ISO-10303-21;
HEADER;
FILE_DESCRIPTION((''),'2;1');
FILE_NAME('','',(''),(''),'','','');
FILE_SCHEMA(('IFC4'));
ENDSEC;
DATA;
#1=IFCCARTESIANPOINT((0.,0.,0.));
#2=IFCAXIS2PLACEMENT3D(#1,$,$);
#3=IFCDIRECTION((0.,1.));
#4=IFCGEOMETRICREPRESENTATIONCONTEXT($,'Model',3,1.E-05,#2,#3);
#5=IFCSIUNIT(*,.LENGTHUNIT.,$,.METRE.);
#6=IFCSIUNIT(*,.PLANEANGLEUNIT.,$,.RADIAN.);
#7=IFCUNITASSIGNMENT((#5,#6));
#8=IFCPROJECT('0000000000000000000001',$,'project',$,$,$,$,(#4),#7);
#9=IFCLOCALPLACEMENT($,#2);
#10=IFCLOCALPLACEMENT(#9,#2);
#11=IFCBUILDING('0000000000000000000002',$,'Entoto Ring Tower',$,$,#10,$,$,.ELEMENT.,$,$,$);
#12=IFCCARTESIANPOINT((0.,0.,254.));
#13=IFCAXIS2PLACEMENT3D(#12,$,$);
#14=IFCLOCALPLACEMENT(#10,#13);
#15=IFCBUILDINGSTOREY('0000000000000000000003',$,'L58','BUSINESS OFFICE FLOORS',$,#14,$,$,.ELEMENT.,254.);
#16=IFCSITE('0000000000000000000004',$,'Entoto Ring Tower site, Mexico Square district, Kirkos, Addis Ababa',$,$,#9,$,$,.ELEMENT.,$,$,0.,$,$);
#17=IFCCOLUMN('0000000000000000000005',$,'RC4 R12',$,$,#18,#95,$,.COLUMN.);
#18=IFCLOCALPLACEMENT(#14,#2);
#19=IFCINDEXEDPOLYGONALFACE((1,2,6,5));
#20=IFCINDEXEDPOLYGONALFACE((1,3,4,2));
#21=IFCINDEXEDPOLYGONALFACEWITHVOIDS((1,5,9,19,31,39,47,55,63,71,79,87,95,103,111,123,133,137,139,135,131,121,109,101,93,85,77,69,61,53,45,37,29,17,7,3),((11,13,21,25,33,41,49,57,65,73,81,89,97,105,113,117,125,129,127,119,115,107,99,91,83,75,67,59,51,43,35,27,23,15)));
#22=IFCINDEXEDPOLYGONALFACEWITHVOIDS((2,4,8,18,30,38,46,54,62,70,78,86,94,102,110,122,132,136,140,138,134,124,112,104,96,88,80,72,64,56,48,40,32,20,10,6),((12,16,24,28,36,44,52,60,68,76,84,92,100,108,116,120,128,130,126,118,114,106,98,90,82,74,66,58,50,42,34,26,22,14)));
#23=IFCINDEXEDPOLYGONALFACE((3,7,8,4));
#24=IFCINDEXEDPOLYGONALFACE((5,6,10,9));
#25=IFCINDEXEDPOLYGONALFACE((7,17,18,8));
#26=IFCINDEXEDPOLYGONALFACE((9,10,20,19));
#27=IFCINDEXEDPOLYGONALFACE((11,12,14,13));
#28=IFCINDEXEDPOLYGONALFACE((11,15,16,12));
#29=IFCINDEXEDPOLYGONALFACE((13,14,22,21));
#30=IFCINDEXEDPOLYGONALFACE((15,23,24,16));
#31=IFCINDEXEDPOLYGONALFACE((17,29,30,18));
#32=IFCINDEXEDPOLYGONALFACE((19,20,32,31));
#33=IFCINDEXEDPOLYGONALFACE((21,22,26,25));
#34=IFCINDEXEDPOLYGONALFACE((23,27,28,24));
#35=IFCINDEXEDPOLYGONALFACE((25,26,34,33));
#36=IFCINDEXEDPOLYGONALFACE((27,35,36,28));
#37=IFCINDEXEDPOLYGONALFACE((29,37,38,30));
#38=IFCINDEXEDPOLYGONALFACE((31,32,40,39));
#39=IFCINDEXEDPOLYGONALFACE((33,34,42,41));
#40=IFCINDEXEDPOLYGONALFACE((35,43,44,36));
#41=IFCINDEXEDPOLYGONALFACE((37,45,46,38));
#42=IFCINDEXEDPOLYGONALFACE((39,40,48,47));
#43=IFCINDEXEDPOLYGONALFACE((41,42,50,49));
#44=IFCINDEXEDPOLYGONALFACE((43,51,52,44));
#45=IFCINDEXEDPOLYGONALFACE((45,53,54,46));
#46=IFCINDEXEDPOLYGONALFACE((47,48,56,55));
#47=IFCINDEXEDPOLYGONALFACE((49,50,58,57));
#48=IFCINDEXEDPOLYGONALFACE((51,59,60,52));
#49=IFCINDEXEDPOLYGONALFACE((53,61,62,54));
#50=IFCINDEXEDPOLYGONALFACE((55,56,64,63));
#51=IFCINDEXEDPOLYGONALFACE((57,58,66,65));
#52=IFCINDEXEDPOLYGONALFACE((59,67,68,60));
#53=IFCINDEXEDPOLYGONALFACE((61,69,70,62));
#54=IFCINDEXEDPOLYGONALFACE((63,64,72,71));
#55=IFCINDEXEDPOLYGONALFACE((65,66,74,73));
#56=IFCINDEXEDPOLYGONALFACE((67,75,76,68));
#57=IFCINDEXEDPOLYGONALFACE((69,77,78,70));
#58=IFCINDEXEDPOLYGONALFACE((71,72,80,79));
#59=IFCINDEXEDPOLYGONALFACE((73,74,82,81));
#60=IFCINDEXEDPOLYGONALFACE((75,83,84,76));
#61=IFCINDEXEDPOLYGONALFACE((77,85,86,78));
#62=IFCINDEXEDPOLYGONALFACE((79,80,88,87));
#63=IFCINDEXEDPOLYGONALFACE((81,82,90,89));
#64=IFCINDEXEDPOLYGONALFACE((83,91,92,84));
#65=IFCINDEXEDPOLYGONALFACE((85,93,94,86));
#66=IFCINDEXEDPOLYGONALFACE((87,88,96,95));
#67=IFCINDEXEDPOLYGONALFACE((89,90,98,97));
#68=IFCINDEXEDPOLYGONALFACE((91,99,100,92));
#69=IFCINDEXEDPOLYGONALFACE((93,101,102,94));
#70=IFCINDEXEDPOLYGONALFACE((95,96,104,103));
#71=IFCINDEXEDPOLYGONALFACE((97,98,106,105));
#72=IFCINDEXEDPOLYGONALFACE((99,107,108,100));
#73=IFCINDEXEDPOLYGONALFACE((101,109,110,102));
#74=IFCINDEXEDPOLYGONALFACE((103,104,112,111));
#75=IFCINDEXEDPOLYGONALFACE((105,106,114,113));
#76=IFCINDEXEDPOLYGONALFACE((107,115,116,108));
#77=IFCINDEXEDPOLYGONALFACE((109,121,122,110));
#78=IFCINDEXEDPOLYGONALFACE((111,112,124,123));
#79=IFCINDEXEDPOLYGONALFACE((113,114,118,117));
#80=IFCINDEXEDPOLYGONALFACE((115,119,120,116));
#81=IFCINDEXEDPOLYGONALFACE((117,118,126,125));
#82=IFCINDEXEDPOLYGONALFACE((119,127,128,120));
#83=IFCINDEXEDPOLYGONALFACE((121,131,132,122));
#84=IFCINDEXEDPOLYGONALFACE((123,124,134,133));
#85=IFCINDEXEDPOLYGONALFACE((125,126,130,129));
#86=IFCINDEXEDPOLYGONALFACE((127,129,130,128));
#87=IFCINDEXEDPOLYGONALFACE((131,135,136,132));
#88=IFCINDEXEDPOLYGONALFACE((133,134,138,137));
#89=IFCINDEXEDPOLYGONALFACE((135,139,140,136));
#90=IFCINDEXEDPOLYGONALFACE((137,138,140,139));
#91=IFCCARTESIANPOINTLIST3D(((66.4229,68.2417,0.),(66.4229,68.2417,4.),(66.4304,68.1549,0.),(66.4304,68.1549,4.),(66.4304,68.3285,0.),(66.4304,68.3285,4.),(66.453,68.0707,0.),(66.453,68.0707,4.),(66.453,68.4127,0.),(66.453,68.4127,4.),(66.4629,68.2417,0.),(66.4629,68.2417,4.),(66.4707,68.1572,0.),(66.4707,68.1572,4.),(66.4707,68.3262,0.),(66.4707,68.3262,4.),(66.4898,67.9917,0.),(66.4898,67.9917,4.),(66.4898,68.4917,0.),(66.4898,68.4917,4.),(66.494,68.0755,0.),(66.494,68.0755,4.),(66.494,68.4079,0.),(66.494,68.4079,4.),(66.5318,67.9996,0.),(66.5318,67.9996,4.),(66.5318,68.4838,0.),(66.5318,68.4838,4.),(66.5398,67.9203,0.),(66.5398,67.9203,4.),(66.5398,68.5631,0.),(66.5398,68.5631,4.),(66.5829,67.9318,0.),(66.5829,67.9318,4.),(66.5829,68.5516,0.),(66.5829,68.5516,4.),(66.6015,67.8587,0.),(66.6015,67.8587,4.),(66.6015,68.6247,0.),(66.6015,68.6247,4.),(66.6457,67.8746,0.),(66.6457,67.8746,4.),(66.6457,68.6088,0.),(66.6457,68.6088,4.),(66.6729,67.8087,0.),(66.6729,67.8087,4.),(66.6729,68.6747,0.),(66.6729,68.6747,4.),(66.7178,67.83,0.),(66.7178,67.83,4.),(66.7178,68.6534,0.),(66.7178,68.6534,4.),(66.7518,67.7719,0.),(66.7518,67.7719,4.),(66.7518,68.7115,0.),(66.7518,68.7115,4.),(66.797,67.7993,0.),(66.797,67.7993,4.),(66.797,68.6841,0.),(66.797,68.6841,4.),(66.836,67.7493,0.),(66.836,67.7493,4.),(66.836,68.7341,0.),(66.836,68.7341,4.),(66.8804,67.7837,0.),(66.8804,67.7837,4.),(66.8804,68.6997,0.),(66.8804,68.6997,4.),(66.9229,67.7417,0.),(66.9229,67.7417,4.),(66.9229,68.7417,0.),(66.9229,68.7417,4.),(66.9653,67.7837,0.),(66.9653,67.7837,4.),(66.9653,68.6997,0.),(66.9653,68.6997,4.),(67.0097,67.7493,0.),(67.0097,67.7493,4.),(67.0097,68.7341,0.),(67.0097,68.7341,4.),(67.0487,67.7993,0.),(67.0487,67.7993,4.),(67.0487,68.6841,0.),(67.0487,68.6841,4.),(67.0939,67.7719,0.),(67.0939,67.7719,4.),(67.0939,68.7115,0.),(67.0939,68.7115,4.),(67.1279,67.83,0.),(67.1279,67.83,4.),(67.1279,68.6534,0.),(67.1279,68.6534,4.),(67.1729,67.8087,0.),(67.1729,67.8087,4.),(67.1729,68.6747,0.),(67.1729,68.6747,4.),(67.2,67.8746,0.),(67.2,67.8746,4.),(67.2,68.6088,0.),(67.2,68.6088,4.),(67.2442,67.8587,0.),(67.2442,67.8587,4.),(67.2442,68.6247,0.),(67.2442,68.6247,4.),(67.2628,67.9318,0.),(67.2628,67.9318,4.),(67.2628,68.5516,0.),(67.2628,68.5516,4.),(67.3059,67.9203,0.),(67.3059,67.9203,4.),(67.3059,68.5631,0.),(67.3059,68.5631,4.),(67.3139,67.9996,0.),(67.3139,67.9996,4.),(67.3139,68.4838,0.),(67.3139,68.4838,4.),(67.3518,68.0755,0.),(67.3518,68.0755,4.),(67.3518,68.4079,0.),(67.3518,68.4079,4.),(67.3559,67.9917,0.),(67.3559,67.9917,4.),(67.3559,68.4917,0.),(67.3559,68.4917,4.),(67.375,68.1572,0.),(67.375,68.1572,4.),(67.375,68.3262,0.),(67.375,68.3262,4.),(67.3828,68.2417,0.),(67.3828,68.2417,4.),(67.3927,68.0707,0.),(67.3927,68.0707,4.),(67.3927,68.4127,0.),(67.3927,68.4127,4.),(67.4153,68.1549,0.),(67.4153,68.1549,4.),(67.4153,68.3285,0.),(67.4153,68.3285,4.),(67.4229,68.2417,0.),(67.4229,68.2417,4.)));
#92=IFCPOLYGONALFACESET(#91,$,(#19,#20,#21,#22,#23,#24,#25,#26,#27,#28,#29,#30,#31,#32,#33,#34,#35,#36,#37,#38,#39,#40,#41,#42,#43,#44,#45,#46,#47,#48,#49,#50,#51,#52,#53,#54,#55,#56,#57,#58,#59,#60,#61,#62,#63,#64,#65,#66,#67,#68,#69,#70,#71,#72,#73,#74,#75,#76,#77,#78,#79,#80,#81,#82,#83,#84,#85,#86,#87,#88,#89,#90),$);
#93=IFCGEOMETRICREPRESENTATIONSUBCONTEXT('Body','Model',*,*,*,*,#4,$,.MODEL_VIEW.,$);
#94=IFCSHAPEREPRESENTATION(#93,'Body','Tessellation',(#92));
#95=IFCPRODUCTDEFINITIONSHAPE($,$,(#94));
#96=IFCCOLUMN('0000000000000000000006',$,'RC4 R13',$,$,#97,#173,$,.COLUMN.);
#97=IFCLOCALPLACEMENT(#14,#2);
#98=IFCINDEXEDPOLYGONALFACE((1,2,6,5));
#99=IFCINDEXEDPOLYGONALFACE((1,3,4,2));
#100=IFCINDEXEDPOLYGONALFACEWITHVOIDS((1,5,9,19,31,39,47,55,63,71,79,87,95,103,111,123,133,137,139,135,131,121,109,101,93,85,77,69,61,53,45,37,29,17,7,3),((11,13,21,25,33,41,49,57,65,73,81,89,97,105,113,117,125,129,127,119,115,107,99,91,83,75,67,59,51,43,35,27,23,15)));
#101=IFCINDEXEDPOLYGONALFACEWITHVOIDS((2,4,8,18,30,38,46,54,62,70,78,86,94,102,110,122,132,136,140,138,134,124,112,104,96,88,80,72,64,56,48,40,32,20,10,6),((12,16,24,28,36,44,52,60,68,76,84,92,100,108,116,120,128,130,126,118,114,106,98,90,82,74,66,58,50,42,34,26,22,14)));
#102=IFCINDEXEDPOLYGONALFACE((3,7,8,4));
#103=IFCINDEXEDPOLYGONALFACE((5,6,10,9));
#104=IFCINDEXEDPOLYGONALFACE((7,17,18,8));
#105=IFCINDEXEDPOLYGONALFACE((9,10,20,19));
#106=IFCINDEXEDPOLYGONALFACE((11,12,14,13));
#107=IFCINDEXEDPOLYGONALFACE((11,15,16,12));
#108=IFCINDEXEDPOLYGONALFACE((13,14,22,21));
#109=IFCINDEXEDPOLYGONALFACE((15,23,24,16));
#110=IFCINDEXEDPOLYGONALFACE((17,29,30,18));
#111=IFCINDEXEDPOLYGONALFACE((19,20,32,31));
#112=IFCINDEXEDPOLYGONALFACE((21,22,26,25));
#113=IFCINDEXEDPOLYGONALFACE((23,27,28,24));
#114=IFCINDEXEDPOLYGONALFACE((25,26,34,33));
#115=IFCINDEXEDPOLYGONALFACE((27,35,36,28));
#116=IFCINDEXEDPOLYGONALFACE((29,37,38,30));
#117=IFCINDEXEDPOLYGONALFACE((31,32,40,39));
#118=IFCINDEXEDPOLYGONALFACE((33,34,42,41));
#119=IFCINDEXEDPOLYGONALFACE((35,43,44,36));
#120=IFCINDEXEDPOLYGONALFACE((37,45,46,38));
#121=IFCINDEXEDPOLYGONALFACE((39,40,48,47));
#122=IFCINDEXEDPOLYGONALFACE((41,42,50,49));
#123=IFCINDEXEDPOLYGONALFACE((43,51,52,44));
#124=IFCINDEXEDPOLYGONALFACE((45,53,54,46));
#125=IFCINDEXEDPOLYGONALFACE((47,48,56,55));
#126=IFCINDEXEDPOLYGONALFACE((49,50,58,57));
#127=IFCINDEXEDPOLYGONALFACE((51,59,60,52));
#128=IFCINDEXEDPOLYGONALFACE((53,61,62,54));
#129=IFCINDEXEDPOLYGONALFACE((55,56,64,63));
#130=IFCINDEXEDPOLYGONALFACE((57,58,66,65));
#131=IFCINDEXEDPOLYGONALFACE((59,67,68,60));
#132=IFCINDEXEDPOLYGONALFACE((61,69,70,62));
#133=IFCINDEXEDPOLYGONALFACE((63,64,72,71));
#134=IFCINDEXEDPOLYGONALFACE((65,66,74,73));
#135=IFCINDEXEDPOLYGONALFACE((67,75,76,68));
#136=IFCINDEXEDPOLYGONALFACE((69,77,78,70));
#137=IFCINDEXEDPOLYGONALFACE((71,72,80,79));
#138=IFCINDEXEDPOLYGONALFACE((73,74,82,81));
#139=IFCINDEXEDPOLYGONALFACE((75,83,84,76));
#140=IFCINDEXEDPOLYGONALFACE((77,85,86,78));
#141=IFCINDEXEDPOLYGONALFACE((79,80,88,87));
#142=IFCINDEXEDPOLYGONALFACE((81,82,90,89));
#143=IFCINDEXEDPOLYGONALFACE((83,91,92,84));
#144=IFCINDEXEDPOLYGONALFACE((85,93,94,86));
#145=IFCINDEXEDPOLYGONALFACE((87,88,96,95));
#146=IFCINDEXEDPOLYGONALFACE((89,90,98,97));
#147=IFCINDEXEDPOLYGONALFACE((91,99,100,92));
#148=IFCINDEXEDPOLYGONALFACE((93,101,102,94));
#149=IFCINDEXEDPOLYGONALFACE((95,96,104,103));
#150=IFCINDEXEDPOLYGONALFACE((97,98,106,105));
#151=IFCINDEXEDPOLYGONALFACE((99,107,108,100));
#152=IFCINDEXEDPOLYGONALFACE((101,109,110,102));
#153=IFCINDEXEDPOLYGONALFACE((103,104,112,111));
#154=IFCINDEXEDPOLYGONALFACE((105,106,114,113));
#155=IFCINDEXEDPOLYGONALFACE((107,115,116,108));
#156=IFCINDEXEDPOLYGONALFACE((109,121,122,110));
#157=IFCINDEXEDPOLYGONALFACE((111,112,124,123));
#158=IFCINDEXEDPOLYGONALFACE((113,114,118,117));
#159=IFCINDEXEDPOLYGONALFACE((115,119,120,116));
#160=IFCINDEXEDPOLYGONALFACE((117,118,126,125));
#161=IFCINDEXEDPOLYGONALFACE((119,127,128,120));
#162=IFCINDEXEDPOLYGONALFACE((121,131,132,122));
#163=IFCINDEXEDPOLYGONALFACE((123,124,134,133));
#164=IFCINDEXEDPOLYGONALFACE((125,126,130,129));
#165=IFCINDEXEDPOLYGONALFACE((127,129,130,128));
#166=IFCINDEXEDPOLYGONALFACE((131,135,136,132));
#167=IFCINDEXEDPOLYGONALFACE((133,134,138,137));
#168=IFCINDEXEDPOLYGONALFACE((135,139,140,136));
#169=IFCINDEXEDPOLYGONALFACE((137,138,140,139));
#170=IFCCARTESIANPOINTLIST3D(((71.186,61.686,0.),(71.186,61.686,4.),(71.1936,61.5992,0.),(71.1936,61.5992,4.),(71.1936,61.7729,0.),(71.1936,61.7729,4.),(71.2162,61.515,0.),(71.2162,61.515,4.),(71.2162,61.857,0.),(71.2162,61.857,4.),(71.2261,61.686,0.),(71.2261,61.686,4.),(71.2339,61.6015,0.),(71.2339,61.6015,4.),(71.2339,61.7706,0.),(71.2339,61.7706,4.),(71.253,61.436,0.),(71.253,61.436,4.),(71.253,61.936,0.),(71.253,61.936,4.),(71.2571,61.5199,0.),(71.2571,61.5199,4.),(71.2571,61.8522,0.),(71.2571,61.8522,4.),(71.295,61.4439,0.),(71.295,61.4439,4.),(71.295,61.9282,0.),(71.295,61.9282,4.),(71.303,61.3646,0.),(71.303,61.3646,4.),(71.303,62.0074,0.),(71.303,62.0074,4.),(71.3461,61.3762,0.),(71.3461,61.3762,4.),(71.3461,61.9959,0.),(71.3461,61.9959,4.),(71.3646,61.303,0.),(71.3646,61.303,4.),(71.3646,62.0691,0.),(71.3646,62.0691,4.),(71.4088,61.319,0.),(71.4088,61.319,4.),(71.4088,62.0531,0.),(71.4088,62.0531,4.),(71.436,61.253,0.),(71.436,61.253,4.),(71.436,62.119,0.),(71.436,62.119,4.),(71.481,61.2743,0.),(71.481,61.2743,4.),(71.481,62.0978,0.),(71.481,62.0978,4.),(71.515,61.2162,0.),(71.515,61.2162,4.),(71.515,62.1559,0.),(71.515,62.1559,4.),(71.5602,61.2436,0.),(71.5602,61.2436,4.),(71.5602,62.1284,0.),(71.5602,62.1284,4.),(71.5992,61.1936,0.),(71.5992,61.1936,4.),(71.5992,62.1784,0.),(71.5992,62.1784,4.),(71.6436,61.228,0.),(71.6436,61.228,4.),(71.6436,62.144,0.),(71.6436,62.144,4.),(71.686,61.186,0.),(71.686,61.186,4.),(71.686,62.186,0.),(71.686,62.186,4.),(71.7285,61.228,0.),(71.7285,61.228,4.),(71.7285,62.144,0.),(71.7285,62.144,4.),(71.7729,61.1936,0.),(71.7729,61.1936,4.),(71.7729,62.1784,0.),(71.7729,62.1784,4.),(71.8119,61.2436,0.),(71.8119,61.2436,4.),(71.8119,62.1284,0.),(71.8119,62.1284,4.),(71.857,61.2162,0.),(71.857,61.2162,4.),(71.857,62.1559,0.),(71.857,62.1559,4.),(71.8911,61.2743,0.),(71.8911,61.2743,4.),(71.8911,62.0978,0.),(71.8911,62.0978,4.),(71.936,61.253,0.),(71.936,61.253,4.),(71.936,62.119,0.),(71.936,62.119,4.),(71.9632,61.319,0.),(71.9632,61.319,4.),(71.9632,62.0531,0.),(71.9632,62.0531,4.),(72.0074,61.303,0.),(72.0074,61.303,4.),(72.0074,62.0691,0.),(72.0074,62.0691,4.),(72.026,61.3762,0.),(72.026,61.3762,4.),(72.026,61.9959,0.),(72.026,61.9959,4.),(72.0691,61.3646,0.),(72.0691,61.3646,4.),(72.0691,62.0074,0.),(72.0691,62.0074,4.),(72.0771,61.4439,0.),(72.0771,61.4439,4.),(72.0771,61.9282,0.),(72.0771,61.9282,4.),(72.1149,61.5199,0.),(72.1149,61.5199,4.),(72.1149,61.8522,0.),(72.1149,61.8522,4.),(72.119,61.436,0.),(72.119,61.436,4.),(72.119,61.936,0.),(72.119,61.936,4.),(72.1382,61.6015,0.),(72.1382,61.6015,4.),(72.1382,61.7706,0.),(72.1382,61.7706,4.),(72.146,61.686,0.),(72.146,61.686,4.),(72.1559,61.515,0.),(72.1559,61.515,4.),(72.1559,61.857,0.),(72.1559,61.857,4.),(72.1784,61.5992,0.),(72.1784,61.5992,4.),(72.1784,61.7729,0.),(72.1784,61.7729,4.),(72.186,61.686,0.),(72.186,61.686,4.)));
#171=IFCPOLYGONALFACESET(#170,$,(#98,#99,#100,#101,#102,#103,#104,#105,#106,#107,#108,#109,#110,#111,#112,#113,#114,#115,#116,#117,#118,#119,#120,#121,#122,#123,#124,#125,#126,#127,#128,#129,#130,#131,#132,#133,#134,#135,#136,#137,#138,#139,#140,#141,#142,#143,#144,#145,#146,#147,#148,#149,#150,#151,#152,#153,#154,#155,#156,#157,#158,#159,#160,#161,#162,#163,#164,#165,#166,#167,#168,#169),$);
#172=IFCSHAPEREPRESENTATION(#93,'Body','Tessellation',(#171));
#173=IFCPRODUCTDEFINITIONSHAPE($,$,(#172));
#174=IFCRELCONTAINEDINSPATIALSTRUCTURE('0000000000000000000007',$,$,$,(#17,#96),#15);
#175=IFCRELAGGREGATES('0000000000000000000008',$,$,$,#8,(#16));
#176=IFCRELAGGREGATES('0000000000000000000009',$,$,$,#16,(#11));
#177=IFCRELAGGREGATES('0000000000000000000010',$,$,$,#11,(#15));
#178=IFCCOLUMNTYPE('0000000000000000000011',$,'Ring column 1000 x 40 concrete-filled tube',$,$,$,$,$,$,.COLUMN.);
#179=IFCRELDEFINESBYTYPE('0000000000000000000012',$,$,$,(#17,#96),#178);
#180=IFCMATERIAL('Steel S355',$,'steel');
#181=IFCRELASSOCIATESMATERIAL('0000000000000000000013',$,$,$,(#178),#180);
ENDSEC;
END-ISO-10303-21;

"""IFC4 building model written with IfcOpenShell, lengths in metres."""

from ifc_helpers import new_model, si_unit, direction, frame, origin, origin_2d, place, context, subcontext, project, spatial, circle, hollow_circle, extrude, material, material_profile, profile_set, type_object, element, save


model = new_model("IFC4")

# Units and contexts
model_context = context("Model", 3, precision=1e-05, world=origin(), true_north=direction((0.0, 1.0)))
body_context = subcontext(model_context, "Body", "Model", "MODEL_VIEW")
ifc_project = project(units=[si_unit("LENGTHUNIT", "METRE"), si_unit("PLANEANGLEUNIT", "RADIAN")], contexts=[model_context])

# Site, building, storey
site_placement = place(None, origin())
site = spatial("IfcSite", under=ifc_project, at=site_placement, Name="Entoto Ring Tower site, Mexico Square district, Kirkos, Addis Ababa", CompositionType="ELEMENT", RefElevation=0.0)
building_placement = place(site_placement, origin())
building = spatial("IfcBuilding", under=site, at=building_placement, Name="Entoto Ring Tower", CompositionType="ELEMENT")
storey_placement = place(building_placement, frame((0.0, 0.0, 254.0)))
storey = spatial("IfcBuildingStorey", under=building, at=storey_placement, Name="L58", Description="BUSINESS OFFICE FLOORS", CompositionType="ELEMENT", Elevation=254.0)

# Columns
ifc_material_1 = material(Name="Steel S355", Category="steel")
ifc_material_profile_1 = material_profile(ifc_material_1, hollow_circle(Radius=0.5, WallThickness=0.04, at=origin_2d()), Name="CHS 1000 x 40")
ifc_material_2 = material(Name="Concrete C60/75", Category="concrete")
ifc_material_profile_2 = material_profile(ifc_material_2, circle(Radius=0.46, at=origin_2d()), Name="Concrete C60/75 infill")
ifc_profile_set_1 = profile_set([ifc_material_profile_1, ifc_material_profile_2], Name="Steel S355")
column_type = type_object("IfcColumnType", Name="Ring column 1000 x 40 concrete-filled tube", PredefinedType="COLUMN", material=ifc_profile_set_1)
for number, where, z_axis, x_axis, name in (
    (1, (66.9229, 68.2417, 0.0), (0.0, 0.0, 1.0), (1.0, 0.0, 0.0), "RC4 R12"),
    (2, (71.686, 61.686, 0.0), (0.0, 0.0, 1.0), (1.0, 0.0, 0.0), "RC4 R13"),
):
    element("IfcColumn", number, at=place(storey_placement, frame(where, z_axis=z_axis, x_axis=x_axis)), inside=storey, type_object=column_type, Name=name, PredefinedType="COLUMN", context=body_context, shape_type="SweptSolid", body=[
        extrude(hollow_circle(Radius=0.5, WallThickness=0.04, at=origin_2d()), origin(), (0.0, 0.0, 1.0), 4.0),
    ])

save(model, "model.ifc")
